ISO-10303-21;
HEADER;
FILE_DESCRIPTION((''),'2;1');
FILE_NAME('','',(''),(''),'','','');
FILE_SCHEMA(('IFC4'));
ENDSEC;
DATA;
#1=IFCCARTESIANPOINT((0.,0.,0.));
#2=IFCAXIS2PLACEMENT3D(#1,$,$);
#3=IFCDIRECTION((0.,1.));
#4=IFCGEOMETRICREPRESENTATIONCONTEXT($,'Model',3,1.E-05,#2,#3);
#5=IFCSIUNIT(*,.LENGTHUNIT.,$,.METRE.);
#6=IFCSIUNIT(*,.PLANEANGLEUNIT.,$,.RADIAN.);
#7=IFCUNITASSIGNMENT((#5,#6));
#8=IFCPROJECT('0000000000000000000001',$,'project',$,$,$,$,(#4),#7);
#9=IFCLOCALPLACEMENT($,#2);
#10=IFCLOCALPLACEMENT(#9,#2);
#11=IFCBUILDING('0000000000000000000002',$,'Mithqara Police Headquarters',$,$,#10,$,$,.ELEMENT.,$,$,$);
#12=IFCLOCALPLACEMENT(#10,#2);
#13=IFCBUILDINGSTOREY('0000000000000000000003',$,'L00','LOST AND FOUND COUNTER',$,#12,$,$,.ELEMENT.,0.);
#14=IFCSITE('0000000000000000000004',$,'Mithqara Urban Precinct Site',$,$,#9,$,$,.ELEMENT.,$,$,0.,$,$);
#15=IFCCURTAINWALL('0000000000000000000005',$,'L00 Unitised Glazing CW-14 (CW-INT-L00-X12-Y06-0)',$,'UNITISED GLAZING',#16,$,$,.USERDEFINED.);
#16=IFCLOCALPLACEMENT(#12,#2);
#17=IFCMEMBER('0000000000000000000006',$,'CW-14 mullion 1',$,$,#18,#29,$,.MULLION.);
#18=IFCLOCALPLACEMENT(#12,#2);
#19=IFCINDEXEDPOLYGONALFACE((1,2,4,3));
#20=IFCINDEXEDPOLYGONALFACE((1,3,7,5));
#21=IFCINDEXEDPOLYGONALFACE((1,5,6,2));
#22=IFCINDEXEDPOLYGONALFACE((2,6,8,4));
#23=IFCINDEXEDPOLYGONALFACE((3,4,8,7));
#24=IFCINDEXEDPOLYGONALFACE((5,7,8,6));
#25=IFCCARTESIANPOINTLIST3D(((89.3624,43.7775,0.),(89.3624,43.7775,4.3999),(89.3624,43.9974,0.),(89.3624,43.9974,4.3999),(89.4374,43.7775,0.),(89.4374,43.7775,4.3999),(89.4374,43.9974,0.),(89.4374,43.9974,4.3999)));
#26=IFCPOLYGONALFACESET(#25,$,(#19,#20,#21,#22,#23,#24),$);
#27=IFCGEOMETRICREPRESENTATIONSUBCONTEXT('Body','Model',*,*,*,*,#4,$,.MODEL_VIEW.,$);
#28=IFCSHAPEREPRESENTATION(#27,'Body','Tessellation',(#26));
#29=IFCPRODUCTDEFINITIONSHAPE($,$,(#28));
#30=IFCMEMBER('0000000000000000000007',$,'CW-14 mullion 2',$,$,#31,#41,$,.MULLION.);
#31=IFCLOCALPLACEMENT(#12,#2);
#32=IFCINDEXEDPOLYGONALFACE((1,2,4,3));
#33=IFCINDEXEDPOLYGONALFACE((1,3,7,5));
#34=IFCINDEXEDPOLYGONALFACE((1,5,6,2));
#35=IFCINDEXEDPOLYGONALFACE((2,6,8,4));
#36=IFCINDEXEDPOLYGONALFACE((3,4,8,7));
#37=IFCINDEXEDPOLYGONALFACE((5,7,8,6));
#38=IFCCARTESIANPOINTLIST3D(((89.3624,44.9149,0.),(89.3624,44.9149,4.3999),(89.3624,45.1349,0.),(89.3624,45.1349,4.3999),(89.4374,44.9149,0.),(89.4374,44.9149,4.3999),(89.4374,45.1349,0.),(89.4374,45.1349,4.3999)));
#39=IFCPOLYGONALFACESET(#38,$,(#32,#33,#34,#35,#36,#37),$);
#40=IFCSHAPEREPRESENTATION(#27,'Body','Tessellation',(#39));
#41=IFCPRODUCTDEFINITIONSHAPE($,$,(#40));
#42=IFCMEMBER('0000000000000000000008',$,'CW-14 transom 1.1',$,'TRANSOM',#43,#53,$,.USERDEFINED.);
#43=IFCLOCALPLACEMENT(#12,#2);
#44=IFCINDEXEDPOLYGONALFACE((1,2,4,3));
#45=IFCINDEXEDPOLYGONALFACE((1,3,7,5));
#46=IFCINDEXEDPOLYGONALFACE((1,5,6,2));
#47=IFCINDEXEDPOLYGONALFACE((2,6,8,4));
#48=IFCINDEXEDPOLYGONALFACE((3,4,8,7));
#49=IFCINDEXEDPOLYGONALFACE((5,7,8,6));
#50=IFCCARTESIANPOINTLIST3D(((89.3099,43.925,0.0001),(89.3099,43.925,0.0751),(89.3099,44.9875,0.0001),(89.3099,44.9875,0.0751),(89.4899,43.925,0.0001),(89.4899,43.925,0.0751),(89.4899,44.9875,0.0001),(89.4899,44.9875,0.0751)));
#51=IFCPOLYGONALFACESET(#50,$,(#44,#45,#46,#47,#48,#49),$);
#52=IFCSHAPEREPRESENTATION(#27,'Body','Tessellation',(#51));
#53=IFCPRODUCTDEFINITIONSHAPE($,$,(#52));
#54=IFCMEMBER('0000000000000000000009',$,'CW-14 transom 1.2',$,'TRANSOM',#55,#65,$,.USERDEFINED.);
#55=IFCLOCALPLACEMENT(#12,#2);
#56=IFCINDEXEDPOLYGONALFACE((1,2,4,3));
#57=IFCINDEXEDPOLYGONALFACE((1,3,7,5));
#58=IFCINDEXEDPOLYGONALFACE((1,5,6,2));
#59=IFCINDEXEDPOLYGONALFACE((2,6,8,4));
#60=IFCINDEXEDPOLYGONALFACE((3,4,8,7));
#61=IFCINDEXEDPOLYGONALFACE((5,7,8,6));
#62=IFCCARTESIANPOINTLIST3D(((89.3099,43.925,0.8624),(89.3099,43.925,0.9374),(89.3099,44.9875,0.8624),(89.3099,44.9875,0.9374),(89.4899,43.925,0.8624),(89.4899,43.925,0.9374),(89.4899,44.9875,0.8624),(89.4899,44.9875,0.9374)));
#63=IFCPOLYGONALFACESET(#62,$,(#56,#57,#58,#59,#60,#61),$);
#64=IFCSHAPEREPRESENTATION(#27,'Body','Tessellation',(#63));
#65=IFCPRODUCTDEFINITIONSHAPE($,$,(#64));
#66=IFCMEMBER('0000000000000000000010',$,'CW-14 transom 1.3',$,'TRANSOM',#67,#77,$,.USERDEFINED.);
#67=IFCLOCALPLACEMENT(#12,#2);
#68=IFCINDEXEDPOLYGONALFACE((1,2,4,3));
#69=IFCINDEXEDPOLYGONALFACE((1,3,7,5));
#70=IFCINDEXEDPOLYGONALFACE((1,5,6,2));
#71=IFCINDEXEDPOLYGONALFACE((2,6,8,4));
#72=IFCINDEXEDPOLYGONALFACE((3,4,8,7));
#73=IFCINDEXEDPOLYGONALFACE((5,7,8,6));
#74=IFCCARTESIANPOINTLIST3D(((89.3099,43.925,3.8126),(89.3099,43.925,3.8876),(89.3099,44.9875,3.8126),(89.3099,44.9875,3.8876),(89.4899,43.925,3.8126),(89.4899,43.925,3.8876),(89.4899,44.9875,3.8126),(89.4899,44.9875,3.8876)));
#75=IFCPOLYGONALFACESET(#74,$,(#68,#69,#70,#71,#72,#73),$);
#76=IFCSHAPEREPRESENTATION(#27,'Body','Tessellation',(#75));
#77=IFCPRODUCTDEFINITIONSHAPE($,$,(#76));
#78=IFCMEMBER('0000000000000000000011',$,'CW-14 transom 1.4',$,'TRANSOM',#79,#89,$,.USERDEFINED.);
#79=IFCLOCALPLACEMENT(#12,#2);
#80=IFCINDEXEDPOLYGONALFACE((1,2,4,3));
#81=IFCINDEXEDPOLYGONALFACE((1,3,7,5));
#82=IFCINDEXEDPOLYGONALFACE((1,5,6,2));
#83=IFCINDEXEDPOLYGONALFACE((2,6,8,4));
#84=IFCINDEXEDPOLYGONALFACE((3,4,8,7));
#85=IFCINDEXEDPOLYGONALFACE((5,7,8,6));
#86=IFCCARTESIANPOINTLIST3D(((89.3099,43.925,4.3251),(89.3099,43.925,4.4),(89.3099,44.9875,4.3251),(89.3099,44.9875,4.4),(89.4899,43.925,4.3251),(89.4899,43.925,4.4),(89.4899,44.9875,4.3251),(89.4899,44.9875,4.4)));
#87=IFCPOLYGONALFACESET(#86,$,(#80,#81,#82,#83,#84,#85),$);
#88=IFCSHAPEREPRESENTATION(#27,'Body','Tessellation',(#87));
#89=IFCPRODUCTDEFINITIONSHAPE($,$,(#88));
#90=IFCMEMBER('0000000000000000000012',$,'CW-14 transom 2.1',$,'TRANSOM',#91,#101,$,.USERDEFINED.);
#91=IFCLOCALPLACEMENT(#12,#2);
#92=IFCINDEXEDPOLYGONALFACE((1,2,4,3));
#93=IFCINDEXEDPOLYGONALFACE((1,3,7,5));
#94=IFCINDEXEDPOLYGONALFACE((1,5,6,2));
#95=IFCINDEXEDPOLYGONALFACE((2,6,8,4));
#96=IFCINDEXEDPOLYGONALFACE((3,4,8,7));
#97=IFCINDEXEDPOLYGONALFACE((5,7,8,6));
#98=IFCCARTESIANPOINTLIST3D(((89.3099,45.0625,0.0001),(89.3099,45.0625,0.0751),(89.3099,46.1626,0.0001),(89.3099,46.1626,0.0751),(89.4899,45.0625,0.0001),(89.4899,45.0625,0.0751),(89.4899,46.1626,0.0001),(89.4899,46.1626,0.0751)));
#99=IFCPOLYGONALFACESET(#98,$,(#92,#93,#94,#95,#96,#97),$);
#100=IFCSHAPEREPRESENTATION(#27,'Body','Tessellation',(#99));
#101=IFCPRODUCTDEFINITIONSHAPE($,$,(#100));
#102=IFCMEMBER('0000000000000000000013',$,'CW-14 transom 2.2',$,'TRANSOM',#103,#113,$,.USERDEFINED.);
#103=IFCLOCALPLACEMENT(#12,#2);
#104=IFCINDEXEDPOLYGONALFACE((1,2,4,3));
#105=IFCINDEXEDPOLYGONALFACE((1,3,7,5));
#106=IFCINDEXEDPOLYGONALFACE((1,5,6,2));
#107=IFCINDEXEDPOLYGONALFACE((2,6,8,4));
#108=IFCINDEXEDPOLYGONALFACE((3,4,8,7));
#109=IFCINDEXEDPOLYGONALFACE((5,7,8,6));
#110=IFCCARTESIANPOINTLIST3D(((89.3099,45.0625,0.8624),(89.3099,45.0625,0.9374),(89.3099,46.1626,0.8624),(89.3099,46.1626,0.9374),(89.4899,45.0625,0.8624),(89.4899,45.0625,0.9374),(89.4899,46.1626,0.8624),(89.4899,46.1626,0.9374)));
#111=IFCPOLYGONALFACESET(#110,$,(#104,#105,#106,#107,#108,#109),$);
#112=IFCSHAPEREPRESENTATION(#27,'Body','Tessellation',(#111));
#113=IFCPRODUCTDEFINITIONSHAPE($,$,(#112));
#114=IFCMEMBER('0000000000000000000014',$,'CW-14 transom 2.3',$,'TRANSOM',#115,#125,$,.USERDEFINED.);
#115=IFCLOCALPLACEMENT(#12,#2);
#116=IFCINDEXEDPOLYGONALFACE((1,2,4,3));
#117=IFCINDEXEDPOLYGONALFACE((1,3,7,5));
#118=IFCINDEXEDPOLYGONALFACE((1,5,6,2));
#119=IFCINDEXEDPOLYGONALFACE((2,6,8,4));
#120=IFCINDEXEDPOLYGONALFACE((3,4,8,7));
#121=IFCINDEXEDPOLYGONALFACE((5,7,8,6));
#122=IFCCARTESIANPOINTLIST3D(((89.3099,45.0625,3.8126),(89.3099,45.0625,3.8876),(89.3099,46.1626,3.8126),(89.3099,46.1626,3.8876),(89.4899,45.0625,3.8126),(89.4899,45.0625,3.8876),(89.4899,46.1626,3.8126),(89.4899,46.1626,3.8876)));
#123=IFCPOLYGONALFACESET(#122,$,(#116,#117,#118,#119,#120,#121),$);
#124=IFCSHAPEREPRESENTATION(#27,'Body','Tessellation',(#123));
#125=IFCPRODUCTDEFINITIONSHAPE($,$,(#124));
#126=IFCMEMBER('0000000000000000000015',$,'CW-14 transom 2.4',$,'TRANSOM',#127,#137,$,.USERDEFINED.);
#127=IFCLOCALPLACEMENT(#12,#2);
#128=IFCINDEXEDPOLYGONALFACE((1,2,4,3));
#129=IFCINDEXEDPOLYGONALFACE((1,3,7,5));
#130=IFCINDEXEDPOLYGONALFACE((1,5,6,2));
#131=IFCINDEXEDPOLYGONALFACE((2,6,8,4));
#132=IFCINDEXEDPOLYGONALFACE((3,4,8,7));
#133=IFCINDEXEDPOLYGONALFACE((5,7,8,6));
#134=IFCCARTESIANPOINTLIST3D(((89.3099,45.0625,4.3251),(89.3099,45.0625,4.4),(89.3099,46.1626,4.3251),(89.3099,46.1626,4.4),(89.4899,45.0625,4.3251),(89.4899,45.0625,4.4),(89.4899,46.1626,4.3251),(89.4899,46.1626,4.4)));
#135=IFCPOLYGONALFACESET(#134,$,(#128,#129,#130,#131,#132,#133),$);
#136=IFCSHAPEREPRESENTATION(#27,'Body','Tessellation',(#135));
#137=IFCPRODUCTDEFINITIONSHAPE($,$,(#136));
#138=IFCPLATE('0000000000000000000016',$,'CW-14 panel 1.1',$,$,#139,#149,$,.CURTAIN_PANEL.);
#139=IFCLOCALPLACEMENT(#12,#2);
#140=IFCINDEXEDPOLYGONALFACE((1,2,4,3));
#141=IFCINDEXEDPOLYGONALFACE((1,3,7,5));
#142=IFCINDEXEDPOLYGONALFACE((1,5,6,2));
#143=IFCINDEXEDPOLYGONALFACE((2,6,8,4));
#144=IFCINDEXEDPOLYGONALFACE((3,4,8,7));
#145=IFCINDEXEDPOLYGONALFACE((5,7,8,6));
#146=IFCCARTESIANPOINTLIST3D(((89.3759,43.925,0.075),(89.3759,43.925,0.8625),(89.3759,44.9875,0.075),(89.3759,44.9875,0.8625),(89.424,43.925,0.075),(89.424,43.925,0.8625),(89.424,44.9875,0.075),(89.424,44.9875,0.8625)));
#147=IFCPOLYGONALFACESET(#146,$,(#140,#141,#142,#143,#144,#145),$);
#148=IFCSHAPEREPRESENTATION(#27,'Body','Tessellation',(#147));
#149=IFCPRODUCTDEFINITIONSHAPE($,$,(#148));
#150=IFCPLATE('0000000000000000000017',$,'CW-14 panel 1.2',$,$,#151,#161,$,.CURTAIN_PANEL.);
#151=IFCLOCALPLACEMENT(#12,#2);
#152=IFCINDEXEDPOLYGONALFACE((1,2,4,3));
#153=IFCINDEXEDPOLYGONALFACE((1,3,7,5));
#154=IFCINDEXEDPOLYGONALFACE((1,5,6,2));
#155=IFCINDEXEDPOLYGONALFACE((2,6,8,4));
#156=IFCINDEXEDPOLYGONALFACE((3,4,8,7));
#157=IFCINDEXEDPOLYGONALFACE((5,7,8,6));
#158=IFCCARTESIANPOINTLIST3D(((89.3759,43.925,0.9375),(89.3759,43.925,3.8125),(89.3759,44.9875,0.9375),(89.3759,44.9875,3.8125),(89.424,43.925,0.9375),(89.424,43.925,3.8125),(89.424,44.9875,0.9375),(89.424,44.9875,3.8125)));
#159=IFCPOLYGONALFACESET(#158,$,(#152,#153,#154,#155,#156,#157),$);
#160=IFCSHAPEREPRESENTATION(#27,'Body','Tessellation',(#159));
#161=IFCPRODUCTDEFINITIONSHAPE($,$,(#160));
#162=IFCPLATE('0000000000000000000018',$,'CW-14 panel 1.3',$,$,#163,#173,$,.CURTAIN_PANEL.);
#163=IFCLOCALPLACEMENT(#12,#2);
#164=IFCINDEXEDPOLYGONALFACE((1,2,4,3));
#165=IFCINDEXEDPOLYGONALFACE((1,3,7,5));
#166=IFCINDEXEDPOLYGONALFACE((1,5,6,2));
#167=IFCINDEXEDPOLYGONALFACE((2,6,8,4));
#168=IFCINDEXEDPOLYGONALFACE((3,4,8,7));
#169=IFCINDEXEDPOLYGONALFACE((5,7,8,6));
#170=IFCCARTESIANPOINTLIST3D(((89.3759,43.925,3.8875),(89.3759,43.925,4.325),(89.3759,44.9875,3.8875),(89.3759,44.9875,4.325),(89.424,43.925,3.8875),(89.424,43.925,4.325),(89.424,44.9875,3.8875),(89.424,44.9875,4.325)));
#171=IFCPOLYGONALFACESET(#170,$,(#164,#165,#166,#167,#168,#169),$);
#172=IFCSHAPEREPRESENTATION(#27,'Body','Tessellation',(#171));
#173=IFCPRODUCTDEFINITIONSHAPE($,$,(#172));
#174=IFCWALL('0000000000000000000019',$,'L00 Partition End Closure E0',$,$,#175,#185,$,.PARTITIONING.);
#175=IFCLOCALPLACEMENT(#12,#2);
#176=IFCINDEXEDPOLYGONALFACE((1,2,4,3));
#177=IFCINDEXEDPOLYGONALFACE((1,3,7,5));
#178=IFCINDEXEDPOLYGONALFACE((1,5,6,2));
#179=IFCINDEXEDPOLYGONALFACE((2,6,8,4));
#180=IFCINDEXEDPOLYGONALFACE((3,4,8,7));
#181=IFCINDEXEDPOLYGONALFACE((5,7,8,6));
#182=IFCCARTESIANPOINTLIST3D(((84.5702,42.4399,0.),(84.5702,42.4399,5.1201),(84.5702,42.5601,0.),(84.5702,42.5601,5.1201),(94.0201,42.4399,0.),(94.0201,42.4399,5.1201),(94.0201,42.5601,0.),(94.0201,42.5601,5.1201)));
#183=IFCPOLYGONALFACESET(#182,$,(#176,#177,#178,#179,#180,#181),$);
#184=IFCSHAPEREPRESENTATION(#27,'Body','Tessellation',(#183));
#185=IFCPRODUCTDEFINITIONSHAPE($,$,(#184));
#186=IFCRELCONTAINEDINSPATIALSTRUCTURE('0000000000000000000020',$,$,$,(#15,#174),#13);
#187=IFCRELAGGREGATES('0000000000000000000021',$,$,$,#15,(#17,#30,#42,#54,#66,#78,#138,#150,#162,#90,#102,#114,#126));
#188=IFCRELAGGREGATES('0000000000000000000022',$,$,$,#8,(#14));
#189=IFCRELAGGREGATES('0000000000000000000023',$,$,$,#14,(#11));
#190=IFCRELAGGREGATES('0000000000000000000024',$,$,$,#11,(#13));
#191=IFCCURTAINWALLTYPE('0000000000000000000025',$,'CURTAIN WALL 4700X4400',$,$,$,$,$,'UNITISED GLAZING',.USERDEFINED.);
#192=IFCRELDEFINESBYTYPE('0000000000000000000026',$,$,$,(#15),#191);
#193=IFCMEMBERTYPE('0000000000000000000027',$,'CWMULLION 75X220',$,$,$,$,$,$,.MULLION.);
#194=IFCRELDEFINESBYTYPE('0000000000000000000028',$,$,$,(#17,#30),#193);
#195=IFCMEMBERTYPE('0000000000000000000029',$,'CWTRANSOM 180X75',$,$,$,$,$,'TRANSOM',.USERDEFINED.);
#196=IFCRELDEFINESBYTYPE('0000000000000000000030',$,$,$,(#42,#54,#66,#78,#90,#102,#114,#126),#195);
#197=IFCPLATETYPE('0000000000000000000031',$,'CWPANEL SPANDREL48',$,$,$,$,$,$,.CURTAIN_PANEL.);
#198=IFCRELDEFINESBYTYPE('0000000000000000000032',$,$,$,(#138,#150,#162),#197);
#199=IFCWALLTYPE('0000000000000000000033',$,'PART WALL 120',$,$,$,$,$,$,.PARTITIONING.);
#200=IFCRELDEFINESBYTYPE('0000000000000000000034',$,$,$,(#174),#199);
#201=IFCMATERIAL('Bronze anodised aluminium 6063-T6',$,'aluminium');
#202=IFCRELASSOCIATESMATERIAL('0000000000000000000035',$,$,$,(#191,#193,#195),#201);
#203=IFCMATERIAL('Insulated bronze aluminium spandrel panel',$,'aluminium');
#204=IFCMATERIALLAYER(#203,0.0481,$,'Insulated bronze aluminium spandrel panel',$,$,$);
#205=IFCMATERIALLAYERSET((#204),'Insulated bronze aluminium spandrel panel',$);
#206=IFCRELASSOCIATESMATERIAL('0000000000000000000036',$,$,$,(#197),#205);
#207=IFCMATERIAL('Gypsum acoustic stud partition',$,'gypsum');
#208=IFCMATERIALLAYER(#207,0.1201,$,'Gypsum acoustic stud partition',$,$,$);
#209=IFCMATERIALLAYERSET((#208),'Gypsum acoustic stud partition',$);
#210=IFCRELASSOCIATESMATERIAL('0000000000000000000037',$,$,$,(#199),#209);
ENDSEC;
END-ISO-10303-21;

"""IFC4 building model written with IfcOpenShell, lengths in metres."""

from ifc_helpers import new_model, si_unit, direction, frame, frame_2d, origin, origin_2d, place, context, subcontext, project, spatial, rectangle, extrude, material, layer, layer_set, material_profile, profile_set, type_object, element, aggregate, save


model = new_model("IFC4")

# Units and contexts
model_context = context("Model", 3, precision=1e-05, world=origin(), true_north=direction((0.0, 1.0)))
body_context = subcontext(model_context, "Body", "Model", "MODEL_VIEW")
ifc_project = project(units=[si_unit("LENGTHUNIT", "METRE"), si_unit("PLANEANGLEUNIT", "RADIAN")], contexts=[model_context])

# Site, building, storey
site_placement = place(None, origin())
site = spatial("IfcSite", under=ifc_project, at=site_placement, Name="Mithqara Urban Precinct Site", CompositionType="ELEMENT", RefElevation=0.0)
building_placement = place(site_placement, origin())
building = spatial("IfcBuilding", under=site, at=building_placement, Name="Mithqara Police Headquarters", CompositionType="ELEMENT")
storey_placement = place(building_placement, origin())
storey = spatial("IfcBuildingStorey", under=building, at=storey_placement, Name="L00", Description="LOST AND FOUND COUNTER", CompositionType="ELEMENT", Elevation=0.0)

# Curtain wall, members, plates
ifc_material_1 = material(Name="Bronze anodised aluminium 6063-T6", Category="aluminium")
curtain_wall_type = type_object("IfcCurtainWallType", Name="CURTAIN WALL 4700X4400", ElementType="UNITISED GLAZING", PredefinedType="USERDEFINED", material=ifc_material_1)
curtain_wall_placement = place(storey_placement, origin())
curtain_wall = element("IfcCurtainWall", 1, at=curtain_wall_placement, inside=storey, type_object=curtain_wall_type, Name="L00 Unitised Glazing CW-14 (CW-INT-L00-X12-Y06-0)", ObjectType="UNITISED GLAZING", PredefinedType="USERDEFINED")
ifc_material_profile_1 = material_profile(ifc_material_1, rectangle(XDim=0.075, YDim=0.22, at=origin_2d()), Name="CWM 75x220")
ifc_profile_set_1 = profile_set([ifc_material_profile_1], Name="Bronze anodised aluminium 6063-T6")
member_type_1 = type_object("IfcMemberType", Name="CWMULLION 75X220", PredefinedType="MULLION", material=ifc_profile_set_1)
member_1_placement = place(storey_placement, frame((89.3999, 43.8875, 0.0), z_axis=(0.0, 0.0, 1.0), x_axis=(-1.0, 0.0, 0.0)))
member_1 = element("IfcMember", 2, at=member_1_placement, type_object=member_type_1, Name="CW-14 mullion 1", PredefinedType="MULLION", context=body_context, shape_type="SweptSolid", body=[
    extrude(rectangle(XDim=0.075, YDim=0.22, at=origin_2d()), origin(), (0.0, 0.0, 1.0), 4.3999),
])
member_2_placement = place(storey_placement, frame((89.3999, 45.0249, 0.0), z_axis=(0.0, 0.0, 1.0), x_axis=(-1.0, 0.0, 0.0)))
member_2 = element("IfcMember", 3, at=member_2_placement, type_object=member_type_1, Name="CW-14 mullion 2", PredefinedType="MULLION", context=body_context, shape_type="SweptSolid", body=[
    extrude(rectangle(XDim=0.075, YDim=0.22, at=origin_2d()), origin(), (0.0, 0.0, 1.0), 4.3999),
])
ifc_material_profile_2 = material_profile(ifc_material_1, rectangle(XDim=0.1799, YDim=0.075, at=origin_2d()), Name="CWT 180x75")
ifc_profile_set_2 = profile_set([ifc_material_profile_2], Name="Bronze anodised aluminium 6063-T6")
member_type_2 = type_object("IfcMemberType", Name="CWTRANSOM 180X75", ElementType="TRANSOM", PredefinedType="USERDEFINED", material=ifc_profile_set_2)
member_3_placement = place(storey_placement, frame((89.3999, 43.925, 0.0376), z_axis=(0.0, 1.0, 0.0), x_axis=(-1.0, 0.0, 0.0)))
member_3 = element("IfcMember", 4, at=member_3_placement, type_object=member_type_2, Name="CW-14 transom 1.1", ObjectType="TRANSOM", PredefinedType="USERDEFINED", context=body_context, shape_type="SweptSolid", body=[
    extrude(rectangle(XDim=0.1799, YDim=0.075, at=origin_2d()), origin(), (0.0, 0.0, 1.0), 1.0625),
])
member_4_placement = place(storey_placement, frame((89.3999, 43.925, 0.8999), z_axis=(0.0, 1.0, 0.0), x_axis=(-1.0, 0.0, 0.0)))
member_4 = element("IfcMember", 5, at=member_4_placement, type_object=member_type_2, Name="CW-14 transom 1.2", ObjectType="TRANSOM", PredefinedType="USERDEFINED", context=body_context, shape_type="SweptSolid", body=[
    extrude(rectangle(XDim=0.1799, YDim=0.075, at=origin_2d()), origin(), (0.0, 0.0, 1.0), 1.0625),
])
member_5_placement = place(storey_placement, frame((89.3999, 43.925, 3.8501), z_axis=(0.0, 1.0, 0.0), x_axis=(-1.0, 0.0, 0.0)))
member_5 = element("IfcMember", 6, at=member_5_placement, type_object=member_type_2, Name="CW-14 transom 1.3", ObjectType="TRANSOM", PredefinedType="USERDEFINED", context=body_context, shape_type="SweptSolid", body=[
    extrude(rectangle(XDim=0.1799, YDim=0.075, at=origin_2d()), origin(), (0.0, 0.0, 1.0), 1.0625),
])
member_6_placement = place(storey_placement, frame((89.3999, 43.925, 4.3625), z_axis=(0.0, 1.0, 0.0), x_axis=(-1.0, 0.0, 0.0)))
member_6 = element("IfcMember", 7, at=member_6_placement, type_object=member_type_2, Name="CW-14 transom 1.4", ObjectType="TRANSOM", PredefinedType="USERDEFINED", context=body_context, shape_type="SweptSolid", body=[
    extrude(rectangle(XDim=0.1799, YDim=0.075, at=origin_2d()), origin(), (0.0, 0.0, 1.0), 1.0625),
])
member_7_placement = place(storey_placement, frame((89.3999, 45.0625, 0.0376), z_axis=(0.0, 1.0, 0.0), x_axis=(-1.0, 0.0, 0.0)))
member_7 = element("IfcMember", 8, at=member_7_placement, type_object=member_type_2, Name="CW-14 transom 2.1", ObjectType="TRANSOM", PredefinedType="USERDEFINED", context=body_context, shape_type="SweptSolid", body=[
    extrude(rectangle(XDim=0.1799, YDim=0.075, at=origin_2d()), origin(), (0.0, 0.0, 1.0), 1.1001),
])
member_8_placement = place(storey_placement, frame((89.3999, 45.0625, 0.8999), z_axis=(0.0, 1.0, 0.0), x_axis=(-1.0, 0.0, 0.0)))
member_8 = element("IfcMember", 9, at=member_8_placement, type_object=member_type_2, Name="CW-14 transom 2.2", ObjectType="TRANSOM", PredefinedType="USERDEFINED", context=body_context, shape_type="SweptSolid", body=[
    extrude(rectangle(XDim=0.1799, YDim=0.075, at=origin_2d()), origin(), (0.0, 0.0, 1.0), 1.1001),
])
member_9_placement = place(storey_placement, frame((89.3999, 45.0625, 3.8501), z_axis=(0.0, 1.0, 0.0), x_axis=(-1.0, 0.0, 0.0)))
member_9 = element("IfcMember", 10, at=member_9_placement, type_object=member_type_2, Name="CW-14 transom 2.3", ObjectType="TRANSOM", PredefinedType="USERDEFINED", context=body_context, shape_type="SweptSolid", body=[
    extrude(rectangle(XDim=0.1799, YDim=0.075, at=origin_2d()), origin(), (0.0, 0.0, 1.0), 1.1001),
])
member_10_placement = place(storey_placement, frame((89.3999, 45.0625, 4.3625), z_axis=(0.0, 1.0, 0.0), x_axis=(-1.0, 0.0, 0.0)))
member_10 = element("IfcMember", 11, at=member_10_placement, type_object=member_type_2, Name="CW-14 transom 2.4", ObjectType="TRANSOM", PredefinedType="USERDEFINED", context=body_context, shape_type="SweptSolid", body=[
    extrude(rectangle(XDim=0.1799, YDim=0.075, at=origin_2d()), origin(), (0.0, 0.0, 1.0), 1.1001),
])
ifc_material_2 = material(Name="Insulated bronze aluminium spandrel panel", Category="aluminium")
ifc_layer_1 = layer(ifc_material_2, 0.0481, Name="Insulated bronze aluminium spandrel panel")
ifc_layer_set_1 = layer_set([ifc_layer_1], Name="Insulated bronze aluminium spandrel panel")
plate_type = type_object("IfcPlateType", Name="CWPANEL SPANDREL48", PredefinedType="CURTAIN_PANEL", material=ifc_layer_set_1)
plate_1_placement = place(storey_placement, frame((89.3999, 44.4563, 0.075), z_axis=(0.0, 0.0, 1.0), x_axis=(0.0, 1.0, 0.0)))
plate_1 = element("IfcPlate", 12, at=plate_1_placement, type_object=plate_type, Name="CW-14 panel 1.1", PredefinedType="CURTAIN_PANEL", context=body_context, shape_type="SweptSolid", body=[
    extrude(rectangle(XDim=1.0625, YDim=0.0481, at=origin_2d()), origin(), (0.0, 0.0, 1.0), 0.7876),
])
plate_2_placement = place(storey_placement, frame((89.3999, 44.4563, 0.9375), z_axis=(0.0, 0.0, 1.0), x_axis=(0.0, 1.0, 0.0)))
plate_2 = element("IfcPlate", 13, at=plate_2_placement, type_object=plate_type, Name="CW-14 panel 1.2", PredefinedType="CURTAIN_PANEL", context=body_context, shape_type="SweptSolid", body=[
    extrude(rectangle(XDim=1.0625, YDim=0.0481, at=origin_2d()), origin(), (0.0, 0.0, 1.0), 2.875),
])
plate_3_placement = place(storey_placement, frame((89.3999, 44.4563, 3.8875), z_axis=(0.0, 0.0, 1.0), x_axis=(0.0, 1.0, 0.0)))
plate_3 = element("IfcPlate", 14, at=plate_3_placement, type_object=plate_type, Name="CW-14 panel 1.3", PredefinedType="CURTAIN_PANEL", context=body_context, shape_type="SweptSolid", body=[
    extrude(rectangle(XDim=1.0625, YDim=0.0481, at=origin_2d()), origin(), (0.0, 0.0, 1.0), 0.4375),
])
aggregate(curtain_wall, [member_1, member_2, member_3, member_4, member_5, member_6, plate_1, plate_2, plate_3, member_7, member_8, member_9, member_10])

# Wall
ifc_material_3 = material(Name="Gypsum acoustic stud partition", Category="gypsum")
ifc_layer_2 = layer(ifc_material_3, 0.1201, Name="Gypsum acoustic stud partition")
ifc_layer_set_2 = layer_set([ifc_layer_2], Name="Gypsum acoustic stud partition")
wall_type_1 = type_object("IfcWallType", Name="PART WALL 120", PredefinedType="PARTITIONING", material=ifc_layer_set_2)
wall_1_placement = place(storey_placement, frame((84.5701, 42.5, 0.0), z_axis=(0.0, 0.0, 1.0), x_axis=(1.0, 0.0, 0.0)))
element("IfcWall", 15, at=wall_1_placement, inside=storey, type_object=wall_type_1, Name="L00 Partition End Closure E0", PredefinedType="PARTITIONING", context=body_context, shape_type="SweptSolid", body=[
    extrude(rectangle(XDim=9.45, YDim=0.1201, at=frame_2d((4.7251, 0.0))), origin(), (0.0, 0.0, 1.0), 5.1201),
])

save(model, "model.ifc")
